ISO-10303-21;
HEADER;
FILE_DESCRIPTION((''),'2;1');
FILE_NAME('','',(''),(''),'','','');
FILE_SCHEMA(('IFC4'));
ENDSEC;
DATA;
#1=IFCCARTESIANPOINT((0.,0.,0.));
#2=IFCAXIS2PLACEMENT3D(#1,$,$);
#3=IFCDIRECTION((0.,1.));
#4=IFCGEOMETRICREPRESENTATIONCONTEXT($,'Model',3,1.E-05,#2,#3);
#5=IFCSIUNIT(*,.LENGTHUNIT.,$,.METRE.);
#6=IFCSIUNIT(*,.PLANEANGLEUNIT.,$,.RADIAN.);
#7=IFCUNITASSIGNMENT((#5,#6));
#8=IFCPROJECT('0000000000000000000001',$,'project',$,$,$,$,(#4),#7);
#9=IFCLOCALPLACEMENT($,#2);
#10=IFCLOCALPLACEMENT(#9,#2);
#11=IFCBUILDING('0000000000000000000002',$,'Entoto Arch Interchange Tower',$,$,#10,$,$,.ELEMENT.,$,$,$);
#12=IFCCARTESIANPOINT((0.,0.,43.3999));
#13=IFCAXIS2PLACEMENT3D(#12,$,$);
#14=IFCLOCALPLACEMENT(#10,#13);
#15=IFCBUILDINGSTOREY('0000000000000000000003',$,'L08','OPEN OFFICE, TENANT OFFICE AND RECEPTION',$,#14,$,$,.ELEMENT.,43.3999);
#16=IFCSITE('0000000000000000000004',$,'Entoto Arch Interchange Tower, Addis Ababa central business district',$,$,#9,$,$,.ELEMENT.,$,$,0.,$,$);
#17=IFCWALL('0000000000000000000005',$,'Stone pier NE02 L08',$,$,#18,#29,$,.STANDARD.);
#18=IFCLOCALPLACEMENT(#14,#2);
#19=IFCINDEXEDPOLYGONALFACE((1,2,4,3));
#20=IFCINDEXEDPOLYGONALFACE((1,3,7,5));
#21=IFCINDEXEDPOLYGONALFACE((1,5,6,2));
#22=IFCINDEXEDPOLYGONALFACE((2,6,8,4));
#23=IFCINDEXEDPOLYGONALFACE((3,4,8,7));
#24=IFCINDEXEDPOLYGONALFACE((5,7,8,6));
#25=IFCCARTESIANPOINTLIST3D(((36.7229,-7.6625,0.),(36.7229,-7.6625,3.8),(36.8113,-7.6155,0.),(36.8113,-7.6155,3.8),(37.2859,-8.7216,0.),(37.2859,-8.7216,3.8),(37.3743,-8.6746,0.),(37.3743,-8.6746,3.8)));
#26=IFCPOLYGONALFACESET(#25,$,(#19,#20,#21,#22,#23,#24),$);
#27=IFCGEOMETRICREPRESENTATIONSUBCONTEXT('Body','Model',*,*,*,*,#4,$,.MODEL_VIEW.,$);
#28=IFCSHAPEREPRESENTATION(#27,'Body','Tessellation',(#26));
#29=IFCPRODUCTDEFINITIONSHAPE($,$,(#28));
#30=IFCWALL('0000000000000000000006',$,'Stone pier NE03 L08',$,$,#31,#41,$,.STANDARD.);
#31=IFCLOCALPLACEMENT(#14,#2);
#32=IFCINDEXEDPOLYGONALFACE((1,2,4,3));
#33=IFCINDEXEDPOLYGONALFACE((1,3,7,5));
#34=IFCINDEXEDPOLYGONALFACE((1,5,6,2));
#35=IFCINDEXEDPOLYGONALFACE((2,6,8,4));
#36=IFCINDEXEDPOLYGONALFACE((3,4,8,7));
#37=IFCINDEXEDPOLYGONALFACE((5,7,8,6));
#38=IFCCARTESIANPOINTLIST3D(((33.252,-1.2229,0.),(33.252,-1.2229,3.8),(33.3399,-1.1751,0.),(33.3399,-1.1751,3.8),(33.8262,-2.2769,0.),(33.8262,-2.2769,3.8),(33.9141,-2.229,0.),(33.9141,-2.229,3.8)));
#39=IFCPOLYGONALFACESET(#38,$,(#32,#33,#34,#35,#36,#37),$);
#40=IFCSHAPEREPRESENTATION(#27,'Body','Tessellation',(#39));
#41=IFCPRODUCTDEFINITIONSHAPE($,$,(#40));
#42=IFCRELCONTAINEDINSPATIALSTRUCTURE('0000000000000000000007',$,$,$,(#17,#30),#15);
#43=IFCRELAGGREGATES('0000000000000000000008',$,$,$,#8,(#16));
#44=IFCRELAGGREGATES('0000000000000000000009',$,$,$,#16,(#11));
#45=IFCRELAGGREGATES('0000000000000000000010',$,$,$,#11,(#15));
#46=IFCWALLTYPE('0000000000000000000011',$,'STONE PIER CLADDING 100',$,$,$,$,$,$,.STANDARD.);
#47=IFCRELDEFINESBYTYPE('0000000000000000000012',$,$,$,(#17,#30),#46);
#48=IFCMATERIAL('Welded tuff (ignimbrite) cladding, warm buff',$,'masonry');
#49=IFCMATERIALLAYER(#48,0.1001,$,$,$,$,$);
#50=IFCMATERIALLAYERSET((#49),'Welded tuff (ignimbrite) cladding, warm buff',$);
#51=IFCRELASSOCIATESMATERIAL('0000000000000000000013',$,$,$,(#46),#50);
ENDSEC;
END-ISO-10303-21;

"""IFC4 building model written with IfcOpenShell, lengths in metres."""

from ifc_helpers import new_model, si_unit, direction, frame, frame_2d, origin, place, context, subcontext, project, spatial, rectangle, extrude, material, layer, layer_set, type_object, element, save


model = new_model("IFC4")

# Units and contexts
model_context = context("Model", 3, precision=1e-05, world=origin(), true_north=direction((0.0, 1.0)))
body_context = subcontext(model_context, "Body", "Model", "MODEL_VIEW")
ifc_project = project(units=[si_unit("LENGTHUNIT", "METRE"), si_unit("PLANEANGLEUNIT", "RADIAN")], contexts=[model_context])

# Site, building, storey
site_placement = place(None, origin())
site = spatial("IfcSite", under=ifc_project, at=site_placement, Name="Entoto Arch Interchange Tower, Addis Ababa central business district", CompositionType="ELEMENT", RefElevation=0.0)
building_placement = place(site_placement, origin())
building = spatial("IfcBuilding", under=site, at=building_placement, Name="Entoto Arch Interchange Tower", CompositionType="ELEMENT")
storey_placement = place(building_placement, frame((0.0, 0.0, 43.3999)))
storey = spatial("IfcBuildingStorey", under=building, at=storey_placement, Name="L08", Description="OPEN OFFICE, TENANT OFFICE AND RECEPTION", CompositionType="ELEMENT", Elevation=43.3999)

# Shared definitions
ifc_material_1 = material(Name="Welded tuff (ignimbrite) cladding, warm buff", Category="masonry")

# Walls
ifc_layer_1 = layer(ifc_material_1, 0.1001)
ifc_layer_set_1 = layer_set([ifc_layer_1], Name="Welded tuff (ignimbrite) cladding, warm buff")
wall_type_1 = type_object("IfcWallType", Name="STONE PIER CLADDING 100", PredefinedType="STANDARD", material=ifc_layer_set_1)
wall_1_placement = place(storey_placement, frame((37.3301, -8.698, 0.0), z_axis=(0.0, 0.0, 1.0), x_axis=(-0.469383, 0.882994, 0.0)))
element("IfcWall", 1, at=wall_1_placement, inside=storey, type_object=wall_type_1, Name="Stone pier NE02 L08", PredefinedType="STANDARD", context=body_context, shape_type="SweptSolid", body=[
    extrude(rectangle(XDim=1.1995, YDim=0.1001, at=frame_2d((0.5996, 0.0))), origin(), (0.0, 0.0, 1.0), 3.8),
])
wall_2_placement = place(storey_placement, frame((33.8701, -2.2529, 0.0), z_axis=(0.0, 0.0, 1.0), x_axis=(-0.478425, 0.878129, 0.0)))
element("IfcWall", 2, at=wall_2_placement, inside=storey, type_object=wall_type_1, Name="Stone pier NE03 L08", PredefinedType="STANDARD", context=body_context, shape_type="SweptSolid", body=[
    extrude(rectangle(XDim=1.2002, YDim=0.1001, at=frame_2d((0.6001, 0.0))), origin(), (0.0, 0.0, 1.0), 3.8),
])

save(model, "model.ifc")
